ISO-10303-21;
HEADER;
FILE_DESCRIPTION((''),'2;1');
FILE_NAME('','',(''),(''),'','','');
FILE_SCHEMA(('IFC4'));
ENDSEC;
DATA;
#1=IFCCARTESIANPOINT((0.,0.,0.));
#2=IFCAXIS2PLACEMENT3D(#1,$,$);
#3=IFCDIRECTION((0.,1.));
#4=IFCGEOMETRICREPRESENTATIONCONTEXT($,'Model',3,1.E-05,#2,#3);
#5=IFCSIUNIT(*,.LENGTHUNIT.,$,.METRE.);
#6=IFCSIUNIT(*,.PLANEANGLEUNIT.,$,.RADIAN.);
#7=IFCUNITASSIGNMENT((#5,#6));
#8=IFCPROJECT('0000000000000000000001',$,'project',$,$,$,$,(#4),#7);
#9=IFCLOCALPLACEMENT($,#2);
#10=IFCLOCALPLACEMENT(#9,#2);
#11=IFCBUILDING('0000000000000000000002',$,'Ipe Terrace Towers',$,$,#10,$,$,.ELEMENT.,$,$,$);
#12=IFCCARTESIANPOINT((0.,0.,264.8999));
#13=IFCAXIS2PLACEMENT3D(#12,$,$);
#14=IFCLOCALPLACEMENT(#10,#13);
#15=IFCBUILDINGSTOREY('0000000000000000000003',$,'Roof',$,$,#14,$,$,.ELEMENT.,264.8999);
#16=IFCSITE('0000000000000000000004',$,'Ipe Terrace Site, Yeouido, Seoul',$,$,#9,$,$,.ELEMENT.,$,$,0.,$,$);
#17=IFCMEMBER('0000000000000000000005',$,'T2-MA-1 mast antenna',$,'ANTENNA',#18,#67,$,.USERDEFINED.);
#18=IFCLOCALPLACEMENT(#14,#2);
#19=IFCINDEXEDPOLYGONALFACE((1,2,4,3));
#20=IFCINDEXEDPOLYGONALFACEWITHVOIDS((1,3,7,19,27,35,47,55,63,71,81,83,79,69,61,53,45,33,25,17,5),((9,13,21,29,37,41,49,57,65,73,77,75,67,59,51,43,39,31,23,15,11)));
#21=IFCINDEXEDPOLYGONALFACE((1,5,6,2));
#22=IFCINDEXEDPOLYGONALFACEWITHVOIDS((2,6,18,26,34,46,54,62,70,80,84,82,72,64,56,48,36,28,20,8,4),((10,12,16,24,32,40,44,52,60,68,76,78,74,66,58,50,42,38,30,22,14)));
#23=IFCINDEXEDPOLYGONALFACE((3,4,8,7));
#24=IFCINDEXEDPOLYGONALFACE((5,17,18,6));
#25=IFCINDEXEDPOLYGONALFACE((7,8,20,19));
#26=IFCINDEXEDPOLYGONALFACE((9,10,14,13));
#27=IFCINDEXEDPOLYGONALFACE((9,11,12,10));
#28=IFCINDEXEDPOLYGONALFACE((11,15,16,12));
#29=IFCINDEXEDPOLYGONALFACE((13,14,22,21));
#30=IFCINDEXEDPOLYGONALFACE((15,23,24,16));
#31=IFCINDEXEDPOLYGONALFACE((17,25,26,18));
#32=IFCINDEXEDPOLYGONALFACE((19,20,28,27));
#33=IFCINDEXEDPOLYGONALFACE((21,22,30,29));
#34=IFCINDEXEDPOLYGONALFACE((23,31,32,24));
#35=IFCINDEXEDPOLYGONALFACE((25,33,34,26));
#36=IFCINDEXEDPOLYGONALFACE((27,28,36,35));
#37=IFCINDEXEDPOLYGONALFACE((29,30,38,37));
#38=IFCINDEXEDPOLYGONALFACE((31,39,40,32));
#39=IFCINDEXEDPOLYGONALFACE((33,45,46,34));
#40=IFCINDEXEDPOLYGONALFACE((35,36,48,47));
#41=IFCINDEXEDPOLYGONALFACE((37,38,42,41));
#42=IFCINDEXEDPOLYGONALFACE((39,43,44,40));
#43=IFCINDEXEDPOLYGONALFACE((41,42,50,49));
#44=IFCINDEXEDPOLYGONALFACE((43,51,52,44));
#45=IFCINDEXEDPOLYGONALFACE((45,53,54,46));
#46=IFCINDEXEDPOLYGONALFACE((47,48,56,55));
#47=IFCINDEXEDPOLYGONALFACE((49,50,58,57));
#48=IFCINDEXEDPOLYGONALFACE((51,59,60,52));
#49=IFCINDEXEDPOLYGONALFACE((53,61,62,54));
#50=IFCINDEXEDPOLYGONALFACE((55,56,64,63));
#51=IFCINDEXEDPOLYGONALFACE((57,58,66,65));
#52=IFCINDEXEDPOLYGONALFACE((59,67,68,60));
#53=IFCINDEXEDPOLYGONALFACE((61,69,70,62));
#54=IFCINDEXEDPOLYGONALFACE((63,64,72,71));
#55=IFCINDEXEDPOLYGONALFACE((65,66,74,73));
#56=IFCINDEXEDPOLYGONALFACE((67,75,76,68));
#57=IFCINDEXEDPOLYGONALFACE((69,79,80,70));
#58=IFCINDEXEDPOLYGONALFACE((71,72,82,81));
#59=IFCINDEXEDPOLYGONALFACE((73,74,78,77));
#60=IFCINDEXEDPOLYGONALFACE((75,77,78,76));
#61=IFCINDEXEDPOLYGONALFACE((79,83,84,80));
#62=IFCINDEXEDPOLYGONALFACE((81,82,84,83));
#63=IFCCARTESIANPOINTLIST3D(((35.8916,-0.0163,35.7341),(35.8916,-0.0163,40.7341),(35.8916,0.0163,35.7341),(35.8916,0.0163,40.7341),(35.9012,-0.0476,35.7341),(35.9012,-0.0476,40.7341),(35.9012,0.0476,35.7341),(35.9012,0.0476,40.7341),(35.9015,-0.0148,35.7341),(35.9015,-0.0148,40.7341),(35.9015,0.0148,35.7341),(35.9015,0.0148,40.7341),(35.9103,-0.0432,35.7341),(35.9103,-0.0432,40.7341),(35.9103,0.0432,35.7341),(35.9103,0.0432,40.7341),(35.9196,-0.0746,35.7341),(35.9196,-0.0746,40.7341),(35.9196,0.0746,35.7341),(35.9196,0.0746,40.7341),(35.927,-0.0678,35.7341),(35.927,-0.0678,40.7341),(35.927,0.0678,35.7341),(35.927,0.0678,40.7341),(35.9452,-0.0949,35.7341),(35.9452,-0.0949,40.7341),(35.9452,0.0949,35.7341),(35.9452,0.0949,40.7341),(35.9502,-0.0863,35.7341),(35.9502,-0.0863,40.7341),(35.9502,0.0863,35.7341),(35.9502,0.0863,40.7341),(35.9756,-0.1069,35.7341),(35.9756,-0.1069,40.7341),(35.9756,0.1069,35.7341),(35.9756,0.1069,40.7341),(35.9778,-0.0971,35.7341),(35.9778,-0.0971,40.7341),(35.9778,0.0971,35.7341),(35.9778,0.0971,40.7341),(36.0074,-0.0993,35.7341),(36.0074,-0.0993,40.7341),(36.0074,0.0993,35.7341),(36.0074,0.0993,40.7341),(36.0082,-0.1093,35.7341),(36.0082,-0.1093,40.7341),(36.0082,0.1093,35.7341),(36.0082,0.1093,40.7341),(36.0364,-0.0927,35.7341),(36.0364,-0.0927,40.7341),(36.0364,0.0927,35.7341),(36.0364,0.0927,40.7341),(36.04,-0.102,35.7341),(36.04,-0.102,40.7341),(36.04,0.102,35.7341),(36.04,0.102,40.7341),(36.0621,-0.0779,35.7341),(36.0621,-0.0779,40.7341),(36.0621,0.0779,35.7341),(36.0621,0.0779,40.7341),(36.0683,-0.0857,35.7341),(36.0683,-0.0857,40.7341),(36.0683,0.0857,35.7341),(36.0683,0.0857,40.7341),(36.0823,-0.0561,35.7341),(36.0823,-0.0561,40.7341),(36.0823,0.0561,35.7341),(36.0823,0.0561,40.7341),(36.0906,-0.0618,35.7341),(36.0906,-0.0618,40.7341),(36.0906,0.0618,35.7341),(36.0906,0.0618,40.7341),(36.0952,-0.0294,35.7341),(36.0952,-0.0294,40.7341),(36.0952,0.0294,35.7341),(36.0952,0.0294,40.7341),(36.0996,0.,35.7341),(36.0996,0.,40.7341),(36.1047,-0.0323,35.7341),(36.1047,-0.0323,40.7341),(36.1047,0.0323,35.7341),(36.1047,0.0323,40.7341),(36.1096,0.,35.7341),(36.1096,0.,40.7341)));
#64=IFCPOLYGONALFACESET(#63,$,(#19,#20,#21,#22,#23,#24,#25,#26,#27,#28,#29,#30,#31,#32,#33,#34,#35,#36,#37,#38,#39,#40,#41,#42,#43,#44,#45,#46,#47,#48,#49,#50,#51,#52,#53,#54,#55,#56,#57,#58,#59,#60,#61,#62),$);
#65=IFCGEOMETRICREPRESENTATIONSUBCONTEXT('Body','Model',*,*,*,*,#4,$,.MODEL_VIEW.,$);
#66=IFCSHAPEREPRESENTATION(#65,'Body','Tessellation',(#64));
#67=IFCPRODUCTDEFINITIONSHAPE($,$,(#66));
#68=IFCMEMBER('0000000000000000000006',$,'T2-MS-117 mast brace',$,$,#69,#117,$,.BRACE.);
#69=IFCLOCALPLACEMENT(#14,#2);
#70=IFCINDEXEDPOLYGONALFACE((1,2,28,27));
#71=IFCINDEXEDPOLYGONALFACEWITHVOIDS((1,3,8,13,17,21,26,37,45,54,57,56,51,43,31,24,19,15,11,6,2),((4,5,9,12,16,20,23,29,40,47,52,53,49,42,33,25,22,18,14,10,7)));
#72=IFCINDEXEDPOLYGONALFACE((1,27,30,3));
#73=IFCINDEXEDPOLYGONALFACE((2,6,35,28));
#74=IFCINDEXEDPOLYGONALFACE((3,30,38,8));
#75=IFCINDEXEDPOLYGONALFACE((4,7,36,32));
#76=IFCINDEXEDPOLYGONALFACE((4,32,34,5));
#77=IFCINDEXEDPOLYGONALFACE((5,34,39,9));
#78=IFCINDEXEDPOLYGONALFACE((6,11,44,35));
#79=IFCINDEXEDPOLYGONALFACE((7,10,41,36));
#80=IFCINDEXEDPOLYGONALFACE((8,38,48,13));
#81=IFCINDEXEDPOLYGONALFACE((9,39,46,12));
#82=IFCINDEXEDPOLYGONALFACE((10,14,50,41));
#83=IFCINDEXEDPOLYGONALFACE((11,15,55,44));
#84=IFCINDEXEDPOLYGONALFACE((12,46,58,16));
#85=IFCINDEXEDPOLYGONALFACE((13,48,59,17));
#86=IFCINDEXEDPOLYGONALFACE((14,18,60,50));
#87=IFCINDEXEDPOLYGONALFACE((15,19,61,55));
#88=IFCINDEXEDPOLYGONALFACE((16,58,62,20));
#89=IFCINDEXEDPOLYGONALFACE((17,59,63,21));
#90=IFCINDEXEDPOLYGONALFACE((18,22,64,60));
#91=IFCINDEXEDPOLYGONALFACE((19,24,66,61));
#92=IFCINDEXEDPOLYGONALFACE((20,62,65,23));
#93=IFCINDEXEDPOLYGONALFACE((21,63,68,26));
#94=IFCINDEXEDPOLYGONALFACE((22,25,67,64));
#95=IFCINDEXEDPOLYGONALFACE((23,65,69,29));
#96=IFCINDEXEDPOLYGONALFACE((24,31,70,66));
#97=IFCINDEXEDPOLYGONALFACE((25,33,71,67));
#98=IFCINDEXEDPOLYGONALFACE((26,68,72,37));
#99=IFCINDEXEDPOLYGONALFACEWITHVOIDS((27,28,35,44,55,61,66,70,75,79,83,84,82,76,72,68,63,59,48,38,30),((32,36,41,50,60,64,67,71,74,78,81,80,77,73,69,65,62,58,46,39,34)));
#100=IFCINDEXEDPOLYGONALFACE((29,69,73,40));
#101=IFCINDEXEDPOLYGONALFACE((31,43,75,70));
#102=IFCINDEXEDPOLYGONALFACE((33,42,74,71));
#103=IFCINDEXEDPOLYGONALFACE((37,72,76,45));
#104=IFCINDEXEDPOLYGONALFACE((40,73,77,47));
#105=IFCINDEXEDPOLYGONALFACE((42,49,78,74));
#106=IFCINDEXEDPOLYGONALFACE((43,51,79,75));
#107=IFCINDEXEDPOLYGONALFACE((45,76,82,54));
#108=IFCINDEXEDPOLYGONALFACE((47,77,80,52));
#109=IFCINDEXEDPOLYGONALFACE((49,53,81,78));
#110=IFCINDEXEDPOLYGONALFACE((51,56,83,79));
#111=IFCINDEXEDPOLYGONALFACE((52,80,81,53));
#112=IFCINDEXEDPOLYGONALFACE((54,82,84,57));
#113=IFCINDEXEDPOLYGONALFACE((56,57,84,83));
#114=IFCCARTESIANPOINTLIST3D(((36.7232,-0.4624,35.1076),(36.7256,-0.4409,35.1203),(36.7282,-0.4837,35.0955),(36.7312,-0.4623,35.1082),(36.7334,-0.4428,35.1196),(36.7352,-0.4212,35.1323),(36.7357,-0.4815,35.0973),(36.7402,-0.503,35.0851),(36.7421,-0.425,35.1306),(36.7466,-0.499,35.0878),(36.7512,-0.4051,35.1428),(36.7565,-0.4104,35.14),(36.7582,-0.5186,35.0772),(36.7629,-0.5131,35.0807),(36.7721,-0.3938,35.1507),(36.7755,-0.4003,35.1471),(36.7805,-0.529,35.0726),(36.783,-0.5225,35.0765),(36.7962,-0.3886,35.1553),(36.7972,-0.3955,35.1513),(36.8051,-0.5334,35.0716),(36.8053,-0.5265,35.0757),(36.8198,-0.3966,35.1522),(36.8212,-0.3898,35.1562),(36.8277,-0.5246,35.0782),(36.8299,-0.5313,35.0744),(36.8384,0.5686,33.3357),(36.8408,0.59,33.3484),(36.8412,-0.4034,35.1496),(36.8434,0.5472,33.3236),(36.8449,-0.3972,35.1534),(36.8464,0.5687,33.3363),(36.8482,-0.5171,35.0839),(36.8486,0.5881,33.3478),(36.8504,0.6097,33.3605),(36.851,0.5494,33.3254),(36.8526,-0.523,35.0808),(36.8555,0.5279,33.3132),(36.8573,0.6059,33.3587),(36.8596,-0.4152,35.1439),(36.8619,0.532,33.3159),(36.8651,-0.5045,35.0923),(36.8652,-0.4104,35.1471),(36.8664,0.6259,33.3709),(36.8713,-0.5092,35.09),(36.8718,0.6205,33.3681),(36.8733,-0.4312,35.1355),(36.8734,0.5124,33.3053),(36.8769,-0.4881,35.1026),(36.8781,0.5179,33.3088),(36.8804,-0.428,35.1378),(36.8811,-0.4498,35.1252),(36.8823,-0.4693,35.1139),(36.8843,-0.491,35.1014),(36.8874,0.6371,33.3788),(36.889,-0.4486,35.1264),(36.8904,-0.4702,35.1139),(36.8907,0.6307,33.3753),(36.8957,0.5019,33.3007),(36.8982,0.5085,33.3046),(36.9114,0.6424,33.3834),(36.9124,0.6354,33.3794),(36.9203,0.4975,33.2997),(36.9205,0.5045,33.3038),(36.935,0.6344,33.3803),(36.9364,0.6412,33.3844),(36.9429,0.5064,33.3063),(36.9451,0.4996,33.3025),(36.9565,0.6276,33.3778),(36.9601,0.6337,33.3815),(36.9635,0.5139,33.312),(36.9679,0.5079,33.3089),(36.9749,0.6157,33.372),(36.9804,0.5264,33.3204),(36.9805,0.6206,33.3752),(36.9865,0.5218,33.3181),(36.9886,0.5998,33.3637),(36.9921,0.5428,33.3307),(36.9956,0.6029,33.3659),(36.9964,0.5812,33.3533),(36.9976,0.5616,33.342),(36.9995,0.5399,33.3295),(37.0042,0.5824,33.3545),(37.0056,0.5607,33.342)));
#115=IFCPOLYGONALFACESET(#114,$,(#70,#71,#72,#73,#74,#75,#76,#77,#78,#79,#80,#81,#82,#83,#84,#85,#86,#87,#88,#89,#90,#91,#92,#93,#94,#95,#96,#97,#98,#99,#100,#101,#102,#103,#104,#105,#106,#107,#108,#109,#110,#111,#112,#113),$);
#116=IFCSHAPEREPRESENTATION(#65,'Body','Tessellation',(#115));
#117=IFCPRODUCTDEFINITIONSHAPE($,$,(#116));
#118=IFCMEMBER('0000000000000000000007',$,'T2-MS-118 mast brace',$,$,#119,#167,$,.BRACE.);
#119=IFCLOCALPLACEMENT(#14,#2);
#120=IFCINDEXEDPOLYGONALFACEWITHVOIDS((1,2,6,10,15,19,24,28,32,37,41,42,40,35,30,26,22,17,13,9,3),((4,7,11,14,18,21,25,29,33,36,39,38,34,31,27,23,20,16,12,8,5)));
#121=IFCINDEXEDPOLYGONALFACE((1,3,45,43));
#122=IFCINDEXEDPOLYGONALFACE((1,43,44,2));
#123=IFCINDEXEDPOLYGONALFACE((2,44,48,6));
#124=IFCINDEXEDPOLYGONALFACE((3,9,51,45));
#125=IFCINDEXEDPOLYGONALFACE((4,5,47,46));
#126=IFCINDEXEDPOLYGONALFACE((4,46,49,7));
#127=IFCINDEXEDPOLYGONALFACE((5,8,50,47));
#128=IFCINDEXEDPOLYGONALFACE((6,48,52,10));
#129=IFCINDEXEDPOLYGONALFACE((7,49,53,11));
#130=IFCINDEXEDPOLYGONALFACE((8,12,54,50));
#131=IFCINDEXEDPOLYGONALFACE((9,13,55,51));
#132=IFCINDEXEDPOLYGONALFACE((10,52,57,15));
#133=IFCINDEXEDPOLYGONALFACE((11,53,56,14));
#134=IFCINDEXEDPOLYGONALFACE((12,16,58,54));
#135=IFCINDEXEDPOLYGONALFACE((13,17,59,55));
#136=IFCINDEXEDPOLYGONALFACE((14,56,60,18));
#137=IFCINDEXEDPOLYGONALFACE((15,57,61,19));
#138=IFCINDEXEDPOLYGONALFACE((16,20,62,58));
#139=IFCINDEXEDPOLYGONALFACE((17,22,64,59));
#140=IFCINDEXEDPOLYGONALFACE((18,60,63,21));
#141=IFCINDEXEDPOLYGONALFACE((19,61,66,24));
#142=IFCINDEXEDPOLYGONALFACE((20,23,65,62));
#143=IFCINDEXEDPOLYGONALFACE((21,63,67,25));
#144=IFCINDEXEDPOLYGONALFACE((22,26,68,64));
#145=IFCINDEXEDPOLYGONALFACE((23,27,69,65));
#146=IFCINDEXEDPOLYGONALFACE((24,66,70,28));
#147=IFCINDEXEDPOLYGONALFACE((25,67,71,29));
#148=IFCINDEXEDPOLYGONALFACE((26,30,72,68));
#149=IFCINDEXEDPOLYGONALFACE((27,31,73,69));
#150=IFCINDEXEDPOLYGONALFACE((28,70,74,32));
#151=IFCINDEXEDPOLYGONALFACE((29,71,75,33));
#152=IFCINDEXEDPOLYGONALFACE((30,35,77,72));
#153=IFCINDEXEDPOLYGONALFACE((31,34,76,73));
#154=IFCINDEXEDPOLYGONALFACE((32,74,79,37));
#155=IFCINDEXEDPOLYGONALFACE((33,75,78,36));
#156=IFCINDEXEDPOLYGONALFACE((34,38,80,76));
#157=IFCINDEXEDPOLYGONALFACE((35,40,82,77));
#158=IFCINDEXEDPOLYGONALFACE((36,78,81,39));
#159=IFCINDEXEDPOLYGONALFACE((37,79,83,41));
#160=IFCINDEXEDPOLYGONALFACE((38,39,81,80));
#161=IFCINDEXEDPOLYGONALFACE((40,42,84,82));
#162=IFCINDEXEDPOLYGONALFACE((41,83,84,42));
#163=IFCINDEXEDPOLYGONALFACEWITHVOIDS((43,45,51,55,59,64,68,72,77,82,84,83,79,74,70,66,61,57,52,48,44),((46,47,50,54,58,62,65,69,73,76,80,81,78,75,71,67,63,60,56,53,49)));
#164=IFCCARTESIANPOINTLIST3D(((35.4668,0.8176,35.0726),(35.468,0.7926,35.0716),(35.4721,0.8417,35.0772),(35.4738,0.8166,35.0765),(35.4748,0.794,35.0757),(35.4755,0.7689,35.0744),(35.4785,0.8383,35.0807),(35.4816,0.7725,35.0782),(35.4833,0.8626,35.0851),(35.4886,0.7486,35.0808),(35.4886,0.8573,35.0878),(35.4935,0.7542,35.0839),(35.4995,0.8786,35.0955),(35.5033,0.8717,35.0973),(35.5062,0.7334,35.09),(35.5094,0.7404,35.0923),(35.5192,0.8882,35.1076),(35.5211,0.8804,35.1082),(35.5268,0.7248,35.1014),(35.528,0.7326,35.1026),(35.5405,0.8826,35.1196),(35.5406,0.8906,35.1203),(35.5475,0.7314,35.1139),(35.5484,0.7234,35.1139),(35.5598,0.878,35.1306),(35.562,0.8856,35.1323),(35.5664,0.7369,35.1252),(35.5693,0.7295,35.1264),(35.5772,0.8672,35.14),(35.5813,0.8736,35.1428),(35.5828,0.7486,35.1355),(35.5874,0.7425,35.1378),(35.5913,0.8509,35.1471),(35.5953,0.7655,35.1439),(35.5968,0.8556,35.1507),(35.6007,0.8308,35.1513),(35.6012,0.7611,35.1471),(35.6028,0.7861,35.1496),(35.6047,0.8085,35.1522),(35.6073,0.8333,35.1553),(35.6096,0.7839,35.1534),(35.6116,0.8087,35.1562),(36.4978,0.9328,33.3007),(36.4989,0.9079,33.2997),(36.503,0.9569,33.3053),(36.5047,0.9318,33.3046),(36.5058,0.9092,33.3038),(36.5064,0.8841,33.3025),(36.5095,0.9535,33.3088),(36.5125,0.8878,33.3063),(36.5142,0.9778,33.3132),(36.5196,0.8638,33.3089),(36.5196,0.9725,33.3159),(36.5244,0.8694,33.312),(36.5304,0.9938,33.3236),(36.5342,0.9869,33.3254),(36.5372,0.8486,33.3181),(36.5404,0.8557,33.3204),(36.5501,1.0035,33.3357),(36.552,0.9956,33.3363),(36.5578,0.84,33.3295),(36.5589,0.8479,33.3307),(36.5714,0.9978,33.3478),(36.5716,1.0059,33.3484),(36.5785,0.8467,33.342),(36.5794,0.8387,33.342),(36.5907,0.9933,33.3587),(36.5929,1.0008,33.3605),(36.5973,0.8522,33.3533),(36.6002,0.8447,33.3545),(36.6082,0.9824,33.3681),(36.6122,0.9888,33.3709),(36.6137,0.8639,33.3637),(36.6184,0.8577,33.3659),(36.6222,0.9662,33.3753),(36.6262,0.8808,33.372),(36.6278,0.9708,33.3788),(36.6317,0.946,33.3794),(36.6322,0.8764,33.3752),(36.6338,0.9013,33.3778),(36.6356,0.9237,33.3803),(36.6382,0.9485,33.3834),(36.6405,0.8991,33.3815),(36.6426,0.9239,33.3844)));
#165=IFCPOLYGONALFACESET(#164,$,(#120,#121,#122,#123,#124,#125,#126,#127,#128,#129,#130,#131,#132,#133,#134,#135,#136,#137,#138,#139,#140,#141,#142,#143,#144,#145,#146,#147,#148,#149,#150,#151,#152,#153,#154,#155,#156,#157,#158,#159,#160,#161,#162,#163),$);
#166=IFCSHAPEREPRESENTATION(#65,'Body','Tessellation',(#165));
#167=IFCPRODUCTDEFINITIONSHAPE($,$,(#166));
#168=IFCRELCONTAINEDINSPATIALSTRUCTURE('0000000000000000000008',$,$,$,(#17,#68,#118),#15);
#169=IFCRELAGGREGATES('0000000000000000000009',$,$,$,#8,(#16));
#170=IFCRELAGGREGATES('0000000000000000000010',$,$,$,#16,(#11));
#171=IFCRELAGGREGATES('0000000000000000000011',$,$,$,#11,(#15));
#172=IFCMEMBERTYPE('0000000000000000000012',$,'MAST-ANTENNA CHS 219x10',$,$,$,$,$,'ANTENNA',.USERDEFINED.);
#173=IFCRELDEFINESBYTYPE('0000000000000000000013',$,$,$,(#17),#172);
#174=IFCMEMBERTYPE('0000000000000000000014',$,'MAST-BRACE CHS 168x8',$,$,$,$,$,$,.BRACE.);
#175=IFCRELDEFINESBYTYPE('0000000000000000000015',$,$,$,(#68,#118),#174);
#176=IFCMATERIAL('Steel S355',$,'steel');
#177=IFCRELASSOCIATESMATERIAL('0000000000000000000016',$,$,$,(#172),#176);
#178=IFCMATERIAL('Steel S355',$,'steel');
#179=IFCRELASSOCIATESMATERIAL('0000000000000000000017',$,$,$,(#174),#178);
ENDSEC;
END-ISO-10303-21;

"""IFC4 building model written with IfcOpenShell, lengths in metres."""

from ifc_helpers import new_model, si_unit, direction, frame, origin, origin_2d, place, context, subcontext, project, spatial, hollow_circle, extrude, material, material_profile, profile_set, type_object, element, save


model = new_model("IFC4")

# Units and contexts
model_context = context("Model", 3, precision=1e-05, world=origin(), true_north=direction((0.0, 1.0)))
body_context = subcontext(model_context, "Body", "Model", "MODEL_VIEW")
ifc_project = project(units=[si_unit("LENGTHUNIT", "METRE"), si_unit("PLANEANGLEUNIT", "RADIAN")], contexts=[model_context])

# Site, building, storey
site_placement = place(None, origin())
site = spatial("IfcSite", under=ifc_project, at=site_placement, Name="Ipe Terrace Site, Yeouido, Seoul", CompositionType="ELEMENT", RefElevation=0.0)
building_placement = place(site_placement, origin())
building = spatial("IfcBuilding", under=site, at=building_placement, Name="Ipe Terrace Towers", CompositionType="ELEMENT")
storey_placement = place(building_placement, frame((0.0, 0.0, 264.8999)))
storey = spatial("IfcBuildingStorey", under=building, at=storey_placement, Name="Roof", CompositionType="ELEMENT", Elevation=264.8999)

# Members
ifc_material_1 = material(Name="Steel S355", Category="steel")
ifc_material_profile_1 = material_profile(ifc_material_1, hollow_circle(Radius=0.1096, WallThickness=0.01, at=origin_2d()), Name="MAST-ANTENNA CHS 219x10")
ifc_profile_set_1 = profile_set([ifc_material_profile_1], Name="Steel S355")
member_type_1 = type_object("IfcMemberType", Name="MAST-ANTENNA CHS 219x10", ElementType="ANTENNA", PredefinedType="USERDEFINED", material=ifc_profile_set_1)
member_1_placement = place(storey_placement, frame((36.0, 0.0, 35.7341), z_axis=(0.0, 0.0, 1.0), x_axis=(1.0, 0.0, 0.0)))
element("IfcMember", 1, at=member_1_placement, inside=storey, type_object=member_type_1, Name="T2-MA-1 mast antenna", ObjectType="ANTENNA", PredefinedType="USERDEFINED", context=body_context, shape_type="SweptSolid", body=[
    extrude(hollow_circle(Radius=0.1096, WallThickness=0.01, at=origin_2d()), origin(), (0.0, 0.0, 1.0), 5.0),
])
ifc_material_2 = material(Name="Steel S355", Category="steel")
ifc_material_profile_2 = material_profile(ifc_material_2, hollow_circle(Radius=0.084, WallThickness=0.0081, at=origin_2d()), Name="MAST-BRACE CHS 168x8")
ifc_profile_set_2 = profile_set([ifc_material_profile_2], Name="Steel S355")
member_type_2 = type_object("IfcMemberType", Name="MAST-BRACE CHS 168x8", PredefinedType="BRACE", material=ifc_profile_set_2)
for number, where, z_axis, x_axis, name in (
    (2, (36.9221, 0.5701, 33.342), (-0.056121, -0.502116, 0.862978), (0.993812, -0.111077, 0.0), "T2-MS-117 mast brace"),
    (3, (36.5701, 0.9221, 33.342), (-0.502116, -0.056121, 0.862978), (0.111077, -0.993812, 0.0), "T2-MS-118 mast brace"),
):
    element("IfcMember", number, at=place(storey_placement, frame(where, z_axis=z_axis, x_axis=x_axis)), inside=storey, type_object=member_type_2, Name=name, PredefinedType="BRACE", context=body_context, shape_type="SweptSolid", body=[
        extrude(hollow_circle(Radius=0.084, WallThickness=0.0081, at=origin_2d()), origin(), (0.0, 0.0, 1.0), 2.0532),
    ])

save(model, "model.ifc")
